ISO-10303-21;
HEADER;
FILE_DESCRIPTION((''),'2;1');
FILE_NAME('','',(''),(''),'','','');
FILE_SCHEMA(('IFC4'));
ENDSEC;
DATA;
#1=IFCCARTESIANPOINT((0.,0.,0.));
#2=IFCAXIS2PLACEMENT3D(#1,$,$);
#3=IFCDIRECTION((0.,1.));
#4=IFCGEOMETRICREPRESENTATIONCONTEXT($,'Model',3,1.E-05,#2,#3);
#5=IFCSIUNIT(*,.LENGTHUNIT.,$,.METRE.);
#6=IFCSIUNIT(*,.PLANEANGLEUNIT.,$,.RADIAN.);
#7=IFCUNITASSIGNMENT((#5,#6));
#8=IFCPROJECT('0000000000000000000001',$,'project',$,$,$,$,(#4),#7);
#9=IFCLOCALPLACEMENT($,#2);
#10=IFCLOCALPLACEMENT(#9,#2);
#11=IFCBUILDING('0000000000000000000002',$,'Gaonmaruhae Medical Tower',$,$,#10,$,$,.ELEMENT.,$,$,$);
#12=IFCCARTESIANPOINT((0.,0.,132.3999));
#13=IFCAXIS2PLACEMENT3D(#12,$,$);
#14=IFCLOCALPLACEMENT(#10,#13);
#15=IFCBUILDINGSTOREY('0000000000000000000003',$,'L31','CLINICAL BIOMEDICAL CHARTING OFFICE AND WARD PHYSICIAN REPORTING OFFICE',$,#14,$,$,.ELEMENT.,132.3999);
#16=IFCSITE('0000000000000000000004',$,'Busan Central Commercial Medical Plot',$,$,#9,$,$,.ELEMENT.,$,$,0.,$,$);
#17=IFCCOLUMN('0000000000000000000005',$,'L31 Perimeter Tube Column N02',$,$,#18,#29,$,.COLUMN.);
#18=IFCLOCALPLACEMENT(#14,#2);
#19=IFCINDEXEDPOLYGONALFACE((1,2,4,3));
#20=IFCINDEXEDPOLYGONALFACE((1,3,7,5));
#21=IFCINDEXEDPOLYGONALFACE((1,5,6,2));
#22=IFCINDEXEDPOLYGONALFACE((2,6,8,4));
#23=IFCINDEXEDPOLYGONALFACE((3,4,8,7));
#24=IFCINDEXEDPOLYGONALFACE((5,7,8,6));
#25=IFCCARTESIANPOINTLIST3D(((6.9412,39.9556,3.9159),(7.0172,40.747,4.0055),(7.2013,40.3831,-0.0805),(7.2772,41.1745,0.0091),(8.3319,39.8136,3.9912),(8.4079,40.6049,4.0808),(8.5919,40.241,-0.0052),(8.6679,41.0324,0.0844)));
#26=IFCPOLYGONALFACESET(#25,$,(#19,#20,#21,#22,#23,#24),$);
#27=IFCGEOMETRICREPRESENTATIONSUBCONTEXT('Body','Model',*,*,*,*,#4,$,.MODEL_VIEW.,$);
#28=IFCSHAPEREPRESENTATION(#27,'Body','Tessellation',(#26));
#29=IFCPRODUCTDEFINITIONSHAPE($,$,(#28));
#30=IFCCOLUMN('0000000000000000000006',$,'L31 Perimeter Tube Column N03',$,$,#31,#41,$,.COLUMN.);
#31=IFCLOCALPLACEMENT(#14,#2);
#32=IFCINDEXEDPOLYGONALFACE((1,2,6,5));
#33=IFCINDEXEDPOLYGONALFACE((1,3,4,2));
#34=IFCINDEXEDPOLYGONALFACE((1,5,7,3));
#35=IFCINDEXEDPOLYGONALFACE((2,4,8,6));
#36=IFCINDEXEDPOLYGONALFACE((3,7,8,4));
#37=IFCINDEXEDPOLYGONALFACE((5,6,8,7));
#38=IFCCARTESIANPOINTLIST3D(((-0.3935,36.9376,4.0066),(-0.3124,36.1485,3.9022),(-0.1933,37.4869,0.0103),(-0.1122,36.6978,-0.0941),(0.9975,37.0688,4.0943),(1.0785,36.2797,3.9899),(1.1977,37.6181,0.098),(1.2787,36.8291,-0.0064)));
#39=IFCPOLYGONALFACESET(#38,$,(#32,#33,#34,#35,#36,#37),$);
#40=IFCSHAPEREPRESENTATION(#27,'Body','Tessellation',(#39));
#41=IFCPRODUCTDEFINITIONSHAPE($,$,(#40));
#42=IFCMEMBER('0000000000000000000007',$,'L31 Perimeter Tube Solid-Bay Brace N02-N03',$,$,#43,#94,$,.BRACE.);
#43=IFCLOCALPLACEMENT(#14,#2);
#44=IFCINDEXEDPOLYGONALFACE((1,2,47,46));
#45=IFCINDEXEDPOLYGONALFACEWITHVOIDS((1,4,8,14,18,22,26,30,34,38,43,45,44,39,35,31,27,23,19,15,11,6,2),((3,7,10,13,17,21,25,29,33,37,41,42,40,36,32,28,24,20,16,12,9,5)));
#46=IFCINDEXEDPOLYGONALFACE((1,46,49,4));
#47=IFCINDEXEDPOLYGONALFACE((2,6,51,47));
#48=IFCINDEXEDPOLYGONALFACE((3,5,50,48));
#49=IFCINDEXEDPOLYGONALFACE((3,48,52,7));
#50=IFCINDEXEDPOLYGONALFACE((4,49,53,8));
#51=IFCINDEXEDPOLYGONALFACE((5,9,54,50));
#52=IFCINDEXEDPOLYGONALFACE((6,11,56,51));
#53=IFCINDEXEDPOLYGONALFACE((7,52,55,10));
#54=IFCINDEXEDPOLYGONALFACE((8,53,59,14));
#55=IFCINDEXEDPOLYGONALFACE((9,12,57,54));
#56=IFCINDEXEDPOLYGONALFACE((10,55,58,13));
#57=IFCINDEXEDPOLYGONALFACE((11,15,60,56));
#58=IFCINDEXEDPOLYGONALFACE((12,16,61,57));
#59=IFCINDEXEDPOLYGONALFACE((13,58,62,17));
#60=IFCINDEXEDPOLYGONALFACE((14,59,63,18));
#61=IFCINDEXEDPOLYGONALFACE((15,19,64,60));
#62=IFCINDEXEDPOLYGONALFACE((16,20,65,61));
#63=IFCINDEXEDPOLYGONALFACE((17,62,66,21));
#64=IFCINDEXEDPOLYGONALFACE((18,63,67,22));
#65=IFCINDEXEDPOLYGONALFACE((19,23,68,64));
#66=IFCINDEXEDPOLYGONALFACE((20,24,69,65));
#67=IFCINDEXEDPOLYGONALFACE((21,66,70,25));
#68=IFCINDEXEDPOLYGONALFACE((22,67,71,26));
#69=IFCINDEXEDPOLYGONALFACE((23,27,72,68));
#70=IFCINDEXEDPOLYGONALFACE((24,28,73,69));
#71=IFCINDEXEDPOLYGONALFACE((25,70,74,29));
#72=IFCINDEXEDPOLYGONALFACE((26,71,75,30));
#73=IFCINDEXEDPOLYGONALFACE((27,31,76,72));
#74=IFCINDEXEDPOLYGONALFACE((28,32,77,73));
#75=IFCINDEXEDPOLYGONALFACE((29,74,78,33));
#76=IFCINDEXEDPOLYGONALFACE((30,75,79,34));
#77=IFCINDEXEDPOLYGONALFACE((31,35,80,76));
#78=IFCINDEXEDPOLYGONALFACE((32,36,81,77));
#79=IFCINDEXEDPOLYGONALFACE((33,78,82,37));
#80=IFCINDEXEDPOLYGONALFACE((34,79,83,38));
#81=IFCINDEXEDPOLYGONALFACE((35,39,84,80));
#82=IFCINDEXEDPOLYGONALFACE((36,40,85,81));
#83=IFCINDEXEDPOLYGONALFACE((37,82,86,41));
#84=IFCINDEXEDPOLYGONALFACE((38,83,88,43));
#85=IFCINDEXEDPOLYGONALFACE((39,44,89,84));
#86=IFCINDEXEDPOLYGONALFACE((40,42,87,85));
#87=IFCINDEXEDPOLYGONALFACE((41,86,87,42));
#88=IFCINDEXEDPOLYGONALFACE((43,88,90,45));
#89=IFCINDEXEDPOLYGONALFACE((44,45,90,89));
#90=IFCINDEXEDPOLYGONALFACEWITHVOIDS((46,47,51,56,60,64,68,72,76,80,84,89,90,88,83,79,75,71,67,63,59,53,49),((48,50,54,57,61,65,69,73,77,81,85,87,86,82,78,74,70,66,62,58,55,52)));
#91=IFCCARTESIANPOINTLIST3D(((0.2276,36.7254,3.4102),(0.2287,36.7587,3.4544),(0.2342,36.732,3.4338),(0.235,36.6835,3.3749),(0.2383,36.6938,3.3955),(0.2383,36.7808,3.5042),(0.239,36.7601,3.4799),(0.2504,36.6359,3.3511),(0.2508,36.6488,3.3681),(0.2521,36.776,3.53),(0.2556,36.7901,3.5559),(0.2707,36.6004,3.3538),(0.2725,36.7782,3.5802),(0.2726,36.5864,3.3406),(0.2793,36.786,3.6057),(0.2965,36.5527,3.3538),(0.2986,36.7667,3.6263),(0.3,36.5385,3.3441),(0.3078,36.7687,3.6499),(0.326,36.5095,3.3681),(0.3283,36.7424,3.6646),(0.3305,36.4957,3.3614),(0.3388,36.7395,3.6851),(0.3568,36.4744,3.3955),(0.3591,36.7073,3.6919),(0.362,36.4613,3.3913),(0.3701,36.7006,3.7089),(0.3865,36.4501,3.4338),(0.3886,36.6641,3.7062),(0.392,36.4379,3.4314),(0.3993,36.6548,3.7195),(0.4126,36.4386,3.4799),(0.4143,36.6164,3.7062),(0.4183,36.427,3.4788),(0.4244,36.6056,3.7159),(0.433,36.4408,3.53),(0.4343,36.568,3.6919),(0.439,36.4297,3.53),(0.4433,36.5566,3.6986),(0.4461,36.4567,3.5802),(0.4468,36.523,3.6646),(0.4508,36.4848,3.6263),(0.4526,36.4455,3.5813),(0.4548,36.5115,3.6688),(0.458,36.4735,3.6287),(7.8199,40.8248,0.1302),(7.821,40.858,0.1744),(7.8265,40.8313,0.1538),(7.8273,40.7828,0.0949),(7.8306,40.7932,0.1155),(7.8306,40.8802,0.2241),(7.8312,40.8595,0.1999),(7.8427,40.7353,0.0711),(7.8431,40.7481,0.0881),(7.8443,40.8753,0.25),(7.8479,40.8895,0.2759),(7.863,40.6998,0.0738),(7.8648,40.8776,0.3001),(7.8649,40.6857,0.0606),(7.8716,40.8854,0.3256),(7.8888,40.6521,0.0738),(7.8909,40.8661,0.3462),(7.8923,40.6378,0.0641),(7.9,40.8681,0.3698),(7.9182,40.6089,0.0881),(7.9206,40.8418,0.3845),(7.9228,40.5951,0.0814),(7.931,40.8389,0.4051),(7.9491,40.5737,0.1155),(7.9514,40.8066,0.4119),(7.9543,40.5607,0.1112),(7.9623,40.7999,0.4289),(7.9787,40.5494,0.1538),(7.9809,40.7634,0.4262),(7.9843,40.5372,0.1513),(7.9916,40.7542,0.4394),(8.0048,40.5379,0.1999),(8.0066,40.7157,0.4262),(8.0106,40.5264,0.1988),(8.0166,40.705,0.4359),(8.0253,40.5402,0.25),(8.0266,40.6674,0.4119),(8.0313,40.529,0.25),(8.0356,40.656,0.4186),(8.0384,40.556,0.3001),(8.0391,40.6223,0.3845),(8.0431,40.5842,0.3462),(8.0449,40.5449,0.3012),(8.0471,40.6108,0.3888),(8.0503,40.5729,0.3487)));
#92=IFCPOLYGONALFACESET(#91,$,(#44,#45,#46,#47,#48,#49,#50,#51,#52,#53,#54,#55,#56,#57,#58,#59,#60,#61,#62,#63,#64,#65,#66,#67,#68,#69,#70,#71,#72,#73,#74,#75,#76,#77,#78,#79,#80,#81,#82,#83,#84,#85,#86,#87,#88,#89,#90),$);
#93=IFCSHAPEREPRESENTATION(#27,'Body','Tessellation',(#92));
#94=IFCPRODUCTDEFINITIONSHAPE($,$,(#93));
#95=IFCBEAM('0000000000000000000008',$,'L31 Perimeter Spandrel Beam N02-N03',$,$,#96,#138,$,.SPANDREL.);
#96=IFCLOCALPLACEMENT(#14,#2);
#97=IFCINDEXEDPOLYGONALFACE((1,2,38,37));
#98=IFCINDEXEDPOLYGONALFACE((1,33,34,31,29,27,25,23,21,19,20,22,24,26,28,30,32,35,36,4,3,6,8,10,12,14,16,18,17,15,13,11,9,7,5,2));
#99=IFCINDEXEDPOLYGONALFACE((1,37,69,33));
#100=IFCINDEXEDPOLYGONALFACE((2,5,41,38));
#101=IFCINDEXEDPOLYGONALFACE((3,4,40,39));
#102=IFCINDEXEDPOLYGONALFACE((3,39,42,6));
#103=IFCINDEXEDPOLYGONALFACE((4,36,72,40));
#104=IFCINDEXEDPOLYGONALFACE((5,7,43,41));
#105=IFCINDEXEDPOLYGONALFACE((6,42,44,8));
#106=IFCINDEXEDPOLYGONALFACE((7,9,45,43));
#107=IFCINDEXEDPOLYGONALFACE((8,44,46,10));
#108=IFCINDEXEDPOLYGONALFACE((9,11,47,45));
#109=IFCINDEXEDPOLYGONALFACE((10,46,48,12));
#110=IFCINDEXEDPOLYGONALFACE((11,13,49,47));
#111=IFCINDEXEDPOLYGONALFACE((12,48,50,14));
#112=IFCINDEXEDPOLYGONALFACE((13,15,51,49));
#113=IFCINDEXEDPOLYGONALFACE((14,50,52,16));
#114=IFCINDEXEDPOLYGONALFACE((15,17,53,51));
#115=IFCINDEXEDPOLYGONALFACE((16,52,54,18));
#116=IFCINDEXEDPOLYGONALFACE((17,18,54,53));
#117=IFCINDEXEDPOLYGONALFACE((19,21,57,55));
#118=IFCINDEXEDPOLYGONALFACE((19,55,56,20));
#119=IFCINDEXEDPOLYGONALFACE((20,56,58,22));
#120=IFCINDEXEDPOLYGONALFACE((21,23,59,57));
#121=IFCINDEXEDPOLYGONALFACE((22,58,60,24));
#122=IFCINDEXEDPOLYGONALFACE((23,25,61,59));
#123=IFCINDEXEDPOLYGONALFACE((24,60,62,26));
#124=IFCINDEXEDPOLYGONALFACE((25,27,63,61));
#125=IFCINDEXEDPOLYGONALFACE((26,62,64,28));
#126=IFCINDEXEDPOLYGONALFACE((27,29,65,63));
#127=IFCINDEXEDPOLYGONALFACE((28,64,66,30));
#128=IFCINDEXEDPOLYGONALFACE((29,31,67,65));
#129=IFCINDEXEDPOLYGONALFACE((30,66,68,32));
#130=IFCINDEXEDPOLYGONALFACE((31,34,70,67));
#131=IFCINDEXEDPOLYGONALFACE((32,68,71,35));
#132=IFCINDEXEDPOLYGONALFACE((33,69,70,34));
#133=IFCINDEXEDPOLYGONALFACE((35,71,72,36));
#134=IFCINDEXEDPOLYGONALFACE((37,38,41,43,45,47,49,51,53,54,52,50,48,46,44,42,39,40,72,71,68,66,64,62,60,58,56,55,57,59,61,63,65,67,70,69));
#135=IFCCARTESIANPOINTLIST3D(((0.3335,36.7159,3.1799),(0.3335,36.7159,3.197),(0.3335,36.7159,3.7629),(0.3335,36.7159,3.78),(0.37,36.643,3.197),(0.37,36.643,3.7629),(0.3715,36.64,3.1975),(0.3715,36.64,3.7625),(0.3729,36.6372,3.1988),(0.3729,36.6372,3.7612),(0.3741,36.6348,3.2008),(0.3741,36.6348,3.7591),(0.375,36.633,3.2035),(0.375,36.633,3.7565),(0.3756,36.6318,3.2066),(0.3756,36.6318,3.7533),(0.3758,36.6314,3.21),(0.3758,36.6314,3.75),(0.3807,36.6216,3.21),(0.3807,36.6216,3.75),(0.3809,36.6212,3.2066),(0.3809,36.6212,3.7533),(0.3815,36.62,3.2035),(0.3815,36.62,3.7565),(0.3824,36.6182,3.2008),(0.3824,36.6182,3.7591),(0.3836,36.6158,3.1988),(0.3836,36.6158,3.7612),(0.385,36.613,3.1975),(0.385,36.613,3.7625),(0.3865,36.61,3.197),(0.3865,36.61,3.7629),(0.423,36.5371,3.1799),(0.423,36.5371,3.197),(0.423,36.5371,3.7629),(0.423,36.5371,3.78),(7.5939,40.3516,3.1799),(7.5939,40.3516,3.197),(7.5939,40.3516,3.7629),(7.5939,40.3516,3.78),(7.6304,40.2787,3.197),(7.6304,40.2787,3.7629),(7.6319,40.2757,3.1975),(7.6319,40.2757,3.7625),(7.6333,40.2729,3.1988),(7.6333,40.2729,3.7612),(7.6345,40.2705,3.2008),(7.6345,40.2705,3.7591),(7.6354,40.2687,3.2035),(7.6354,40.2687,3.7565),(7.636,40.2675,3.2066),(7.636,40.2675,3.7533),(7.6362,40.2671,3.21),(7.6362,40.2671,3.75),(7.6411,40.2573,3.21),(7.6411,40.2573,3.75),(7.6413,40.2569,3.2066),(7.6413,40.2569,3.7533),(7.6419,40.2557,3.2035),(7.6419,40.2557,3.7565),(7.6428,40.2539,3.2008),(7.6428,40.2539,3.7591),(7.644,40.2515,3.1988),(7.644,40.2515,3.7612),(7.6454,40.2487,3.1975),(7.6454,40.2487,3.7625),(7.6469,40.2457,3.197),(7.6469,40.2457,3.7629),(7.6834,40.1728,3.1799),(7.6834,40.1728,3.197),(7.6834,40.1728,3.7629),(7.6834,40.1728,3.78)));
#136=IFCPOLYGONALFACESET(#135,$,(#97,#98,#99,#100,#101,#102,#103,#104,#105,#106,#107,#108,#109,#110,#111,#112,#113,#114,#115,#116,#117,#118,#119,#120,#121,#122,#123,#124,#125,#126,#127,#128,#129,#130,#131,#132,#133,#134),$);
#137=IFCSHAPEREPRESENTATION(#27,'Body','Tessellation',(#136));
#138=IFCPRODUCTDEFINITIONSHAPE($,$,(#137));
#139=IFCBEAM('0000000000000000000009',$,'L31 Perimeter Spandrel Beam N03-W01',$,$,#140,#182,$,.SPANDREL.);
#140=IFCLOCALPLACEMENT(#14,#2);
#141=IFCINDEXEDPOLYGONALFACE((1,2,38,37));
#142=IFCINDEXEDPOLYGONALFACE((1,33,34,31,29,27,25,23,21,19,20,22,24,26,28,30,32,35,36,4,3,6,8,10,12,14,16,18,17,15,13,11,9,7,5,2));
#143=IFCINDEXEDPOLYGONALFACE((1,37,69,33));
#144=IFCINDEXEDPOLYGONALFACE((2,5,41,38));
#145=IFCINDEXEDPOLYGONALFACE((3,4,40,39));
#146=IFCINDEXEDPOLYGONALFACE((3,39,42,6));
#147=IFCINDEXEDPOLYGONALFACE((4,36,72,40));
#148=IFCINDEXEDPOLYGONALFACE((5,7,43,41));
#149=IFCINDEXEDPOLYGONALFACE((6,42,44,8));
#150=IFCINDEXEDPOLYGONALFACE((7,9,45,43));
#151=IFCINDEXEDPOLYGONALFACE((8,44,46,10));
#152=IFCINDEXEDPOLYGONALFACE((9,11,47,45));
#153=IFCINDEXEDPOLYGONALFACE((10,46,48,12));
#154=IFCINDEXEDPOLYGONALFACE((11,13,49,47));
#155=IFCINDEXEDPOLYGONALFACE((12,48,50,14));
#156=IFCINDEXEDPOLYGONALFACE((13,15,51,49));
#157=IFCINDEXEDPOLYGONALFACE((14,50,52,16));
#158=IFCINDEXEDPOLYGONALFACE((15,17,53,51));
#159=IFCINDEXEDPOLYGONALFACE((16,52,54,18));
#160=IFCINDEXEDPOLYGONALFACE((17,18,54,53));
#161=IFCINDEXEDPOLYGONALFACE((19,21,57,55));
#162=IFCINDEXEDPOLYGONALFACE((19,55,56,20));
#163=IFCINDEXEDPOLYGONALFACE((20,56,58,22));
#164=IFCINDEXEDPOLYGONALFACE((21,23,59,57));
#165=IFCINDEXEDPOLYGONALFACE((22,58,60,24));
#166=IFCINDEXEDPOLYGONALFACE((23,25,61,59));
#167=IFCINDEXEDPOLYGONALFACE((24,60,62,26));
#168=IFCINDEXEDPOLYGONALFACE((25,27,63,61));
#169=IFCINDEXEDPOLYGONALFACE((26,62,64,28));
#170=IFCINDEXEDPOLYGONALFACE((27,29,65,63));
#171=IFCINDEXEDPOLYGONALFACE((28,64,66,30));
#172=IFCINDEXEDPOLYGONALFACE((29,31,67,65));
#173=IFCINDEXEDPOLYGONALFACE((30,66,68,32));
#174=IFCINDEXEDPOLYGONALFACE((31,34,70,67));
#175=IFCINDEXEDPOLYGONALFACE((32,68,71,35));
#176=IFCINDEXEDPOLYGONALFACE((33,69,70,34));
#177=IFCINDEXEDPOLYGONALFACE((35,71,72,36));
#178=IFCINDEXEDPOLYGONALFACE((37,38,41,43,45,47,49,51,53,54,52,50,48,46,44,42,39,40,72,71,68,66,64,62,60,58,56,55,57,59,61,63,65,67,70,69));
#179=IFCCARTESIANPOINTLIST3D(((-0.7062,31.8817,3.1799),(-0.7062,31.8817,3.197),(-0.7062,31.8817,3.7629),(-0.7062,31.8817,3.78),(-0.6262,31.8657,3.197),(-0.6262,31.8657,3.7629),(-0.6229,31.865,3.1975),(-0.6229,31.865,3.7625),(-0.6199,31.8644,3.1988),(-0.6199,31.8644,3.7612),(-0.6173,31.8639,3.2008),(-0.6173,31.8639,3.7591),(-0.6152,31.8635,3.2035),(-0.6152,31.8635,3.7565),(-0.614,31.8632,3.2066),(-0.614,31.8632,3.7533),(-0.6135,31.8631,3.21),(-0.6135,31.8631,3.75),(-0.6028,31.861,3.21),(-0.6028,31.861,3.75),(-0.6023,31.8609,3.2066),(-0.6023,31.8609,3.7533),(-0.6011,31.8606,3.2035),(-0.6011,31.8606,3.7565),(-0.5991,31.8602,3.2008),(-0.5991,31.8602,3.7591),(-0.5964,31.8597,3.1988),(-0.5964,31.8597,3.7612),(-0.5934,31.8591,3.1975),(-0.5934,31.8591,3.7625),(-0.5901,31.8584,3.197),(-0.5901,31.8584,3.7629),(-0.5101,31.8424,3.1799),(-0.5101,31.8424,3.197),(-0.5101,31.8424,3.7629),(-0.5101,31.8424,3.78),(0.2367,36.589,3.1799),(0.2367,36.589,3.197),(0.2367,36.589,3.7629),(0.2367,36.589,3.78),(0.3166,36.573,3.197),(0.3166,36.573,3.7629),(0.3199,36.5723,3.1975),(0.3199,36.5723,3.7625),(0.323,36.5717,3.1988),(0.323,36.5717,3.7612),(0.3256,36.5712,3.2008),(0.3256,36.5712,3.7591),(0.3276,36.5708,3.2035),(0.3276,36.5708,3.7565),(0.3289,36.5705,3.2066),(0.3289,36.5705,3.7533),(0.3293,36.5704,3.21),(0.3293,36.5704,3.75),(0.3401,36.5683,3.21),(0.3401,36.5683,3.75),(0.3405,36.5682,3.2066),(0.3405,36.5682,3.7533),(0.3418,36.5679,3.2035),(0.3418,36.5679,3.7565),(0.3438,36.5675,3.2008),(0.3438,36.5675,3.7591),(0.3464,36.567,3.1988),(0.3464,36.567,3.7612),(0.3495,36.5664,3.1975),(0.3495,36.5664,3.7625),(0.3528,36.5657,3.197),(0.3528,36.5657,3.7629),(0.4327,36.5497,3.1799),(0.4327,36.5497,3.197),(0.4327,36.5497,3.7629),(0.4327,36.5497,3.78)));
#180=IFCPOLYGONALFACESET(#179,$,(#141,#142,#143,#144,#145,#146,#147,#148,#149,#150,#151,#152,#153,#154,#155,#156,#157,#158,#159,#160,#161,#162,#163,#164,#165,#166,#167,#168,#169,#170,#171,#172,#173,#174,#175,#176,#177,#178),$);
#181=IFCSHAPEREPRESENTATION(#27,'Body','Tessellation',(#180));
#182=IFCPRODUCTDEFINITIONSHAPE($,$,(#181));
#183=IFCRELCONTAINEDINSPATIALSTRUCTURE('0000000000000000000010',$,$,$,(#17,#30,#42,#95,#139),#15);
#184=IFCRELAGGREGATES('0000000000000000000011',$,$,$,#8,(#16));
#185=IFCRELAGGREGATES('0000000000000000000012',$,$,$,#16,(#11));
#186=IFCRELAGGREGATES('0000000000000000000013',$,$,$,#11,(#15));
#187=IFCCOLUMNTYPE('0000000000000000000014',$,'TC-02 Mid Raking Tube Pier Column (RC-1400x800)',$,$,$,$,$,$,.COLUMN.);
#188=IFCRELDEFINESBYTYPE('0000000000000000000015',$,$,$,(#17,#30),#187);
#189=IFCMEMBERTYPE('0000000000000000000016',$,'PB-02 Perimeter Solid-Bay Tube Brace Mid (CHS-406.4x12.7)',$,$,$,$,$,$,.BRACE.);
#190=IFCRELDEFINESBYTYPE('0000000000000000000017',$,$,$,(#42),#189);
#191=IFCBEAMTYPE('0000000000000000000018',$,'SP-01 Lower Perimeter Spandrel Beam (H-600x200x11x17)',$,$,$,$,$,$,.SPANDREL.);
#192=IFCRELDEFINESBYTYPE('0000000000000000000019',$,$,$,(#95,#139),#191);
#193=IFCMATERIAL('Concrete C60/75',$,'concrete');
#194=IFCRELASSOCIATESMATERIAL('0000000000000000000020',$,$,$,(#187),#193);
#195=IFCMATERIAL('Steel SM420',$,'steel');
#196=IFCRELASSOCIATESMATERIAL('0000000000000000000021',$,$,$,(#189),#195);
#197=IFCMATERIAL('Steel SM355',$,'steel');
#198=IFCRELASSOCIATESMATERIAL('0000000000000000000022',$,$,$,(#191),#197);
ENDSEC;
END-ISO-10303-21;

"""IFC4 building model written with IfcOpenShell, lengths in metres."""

from ifc_helpers import new_model, si_unit, direction, frame, origin, origin_2d, place, context, subcontext, project, spatial, rectangle, hollow_circle, i_section, extrude, material, material_profile, profile_set, type_object, element, save


model = new_model("IFC4")

# Units and contexts
model_context = context("Model", 3, precision=1e-05, world=origin(), true_north=direction((0.0, 1.0)))
body_context = subcontext(model_context, "Body", "Model", "MODEL_VIEW")
ifc_project = project(units=[si_unit("LENGTHUNIT", "METRE"), si_unit("PLANEANGLEUNIT", "RADIAN")], contexts=[model_context])

# Site, building, storey
site_placement = place(None, origin())
site = spatial("IfcSite", under=ifc_project, at=site_placement, Name="Busan Central Commercial Medical Plot", CompositionType="ELEMENT", RefElevation=0.0)
building_placement = place(site_placement, origin())
building = spatial("IfcBuilding", under=site, at=building_placement, Name="Gaonmaruhae Medical Tower", CompositionType="ELEMENT")
storey_placement = place(building_placement, frame((0.0, 0.0, 132.3999)))
storey = spatial("IfcBuildingStorey", under=building, at=storey_placement, Name="L31", Description="CLINICAL BIOMEDICAL CHARTING OFFICE AND WARD PHYSICIAN REPORTING OFFICE", CompositionType="ELEMENT", Elevation=132.3999)

# Columns
ifc_material_1 = material(Name="Concrete C60/75", Category="concrete")
ifc_material_profile_1 = material_profile(ifc_material_1, rectangle(XDim=1.3999, YDim=0.8, at=origin_2d()), Name="RC-1400x800")
ifc_profile_set_1 = profile_set([ifc_material_profile_1], Name="Concrete C60/75")
column_type = type_object("IfcColumnType", Name="TC-02 Mid Raking Tube Pier Column (RC-1400x800)", PredefinedType="COLUMN", material=ifc_profile_set_1)
column_1_placement = place(storey_placement, frame((7.9346, 40.7078, 0.002), z_axis=(-0.064558, -0.106142, 0.992253), x_axis=(0.993384, -0.101472, 0.053777)))
element("IfcColumn", 1, at=column_1_placement, inside=storey, type_object=column_type, Name="L31 Perimeter Tube Column N02", PredefinedType="COLUMN", context=body_context, shape_type="SweptSolid", body=[
    extrude(rectangle(XDim=1.3999, YDim=0.8, at=origin_2d()), origin(), (0.0, 0.0, 1.0), 4.0276),
])
column_2_placement = place(storey_placement, frame((0.5427, 37.158, 0.002), z_axis=(-0.049567, -0.136007, 0.989467), x_axis=(0.993622, 0.093751, 0.062662)))
element("IfcColumn", 2, at=column_2_placement, inside=storey, type_object=column_type, Name="L31 Perimeter Tube Column N03", PredefinedType="COLUMN", context=body_context, shape_type="SweptSolid", body=[
    extrude(rectangle(XDim=1.3999, YDim=0.8, at=origin_2d()), origin(), (0.0, 0.0, 1.0), 4.0388),
])

# Member
ifc_material_2 = material(Name="Steel SM420", Category="steel")
ifc_material_profile_2 = material_profile(ifc_material_2, hollow_circle(Radius=0.2031, WallThickness=0.0127, at=origin_2d()), Name="CHS-406.4x12.7")
ifc_profile_set_2 = profile_set([ifc_material_profile_2], Name="Steel SM420")
member_type = type_object("IfcMemberType", Name="PB-02 Perimeter Solid-Bay Tube Brace Mid (CHS-406.4x12.7)", PredefinedType="BRACE", material=ifc_profile_set_2)
member_placement = place(storey_placement, frame((7.9348, 40.7078, 0.25), z_axis=(-0.822502, -0.4441, 0.355338), x_axis=(0.475107, -0.879928, 0.0)))
element("IfcMember", 3, at=member_placement, inside=storey, type_object=member_type, Name="L31 Perimeter Tube Solid-Bay Brace N02-N03", PredefinedType="BRACE", context=body_context, shape_type="SweptSolid", body=[
    extrude(hollow_circle(Radius=0.2031, WallThickness=0.0127, at=origin_2d()), origin(), (0.0, 0.0, 1.0), 9.2307),
])

# Beams
ifc_material_3 = material(Name="Steel SM355", Category="steel")
ifc_material_profile_3 = material_profile(ifc_material_3, i_section(OverallWidth=0.2, OverallDepth=0.6001, WebThickness=0.011, FlangeThickness=0.0171, FilletRadius=0.0129, at=origin_2d()), Name="H-600x200x11x17")
ifc_profile_set_3 = profile_set([ifc_material_profile_3], Name="Steel SM355")
beam_type = type_object("IfcBeamType", Name="SP-01 Lower Perimeter Spandrel Beam (H-600x200x11x17)", PredefinedType="SPANDREL", material=ifc_profile_set_3)
beam_1_placement = place(storey_placement, frame((7.6387, 40.2622, 3.48), z_axis=(-0.894156, -0.447755, 0.0), x_axis=(0.447755, -0.894156, 0.0)))
element("IfcBeam", 4, at=beam_1_placement, inside=storey, type_object=beam_type, Name="L31 Perimeter Spandrel Beam N02-N03", PredefinedType="SPANDREL", context=body_context, shape_type="SweptSolid", body=[
    extrude(i_section(OverallWidth=0.2, OverallDepth=0.6001, WebThickness=0.011, FlangeThickness=0.0171, FilletRadius=0.0129, at=origin_2d()), origin(), (0.0, 0.0, 1.0), 8.1199),
])
beam_2_placement = place(storey_placement, frame((0.3347, 36.5693, 3.48), z_axis=(-0.1964, -0.980524, 0.0), x_axis=(0.980524, -0.1964, 0.0)))
element("IfcBeam", 5, at=beam_2_placement, inside=storey, type_object=beam_type, Name="L31 Perimeter Spandrel Beam N03-W01", PredefinedType="SPANDREL", context=body_context, shape_type="SweptSolid", body=[
    extrude(i_section(OverallWidth=0.2, OverallDepth=0.6001, WebThickness=0.011, FlangeThickness=0.0171, FilletRadius=0.0129, at=origin_2d()), origin(), (0.0, 0.0, 1.0), 4.8008),
])

save(model, "model.ifc")
